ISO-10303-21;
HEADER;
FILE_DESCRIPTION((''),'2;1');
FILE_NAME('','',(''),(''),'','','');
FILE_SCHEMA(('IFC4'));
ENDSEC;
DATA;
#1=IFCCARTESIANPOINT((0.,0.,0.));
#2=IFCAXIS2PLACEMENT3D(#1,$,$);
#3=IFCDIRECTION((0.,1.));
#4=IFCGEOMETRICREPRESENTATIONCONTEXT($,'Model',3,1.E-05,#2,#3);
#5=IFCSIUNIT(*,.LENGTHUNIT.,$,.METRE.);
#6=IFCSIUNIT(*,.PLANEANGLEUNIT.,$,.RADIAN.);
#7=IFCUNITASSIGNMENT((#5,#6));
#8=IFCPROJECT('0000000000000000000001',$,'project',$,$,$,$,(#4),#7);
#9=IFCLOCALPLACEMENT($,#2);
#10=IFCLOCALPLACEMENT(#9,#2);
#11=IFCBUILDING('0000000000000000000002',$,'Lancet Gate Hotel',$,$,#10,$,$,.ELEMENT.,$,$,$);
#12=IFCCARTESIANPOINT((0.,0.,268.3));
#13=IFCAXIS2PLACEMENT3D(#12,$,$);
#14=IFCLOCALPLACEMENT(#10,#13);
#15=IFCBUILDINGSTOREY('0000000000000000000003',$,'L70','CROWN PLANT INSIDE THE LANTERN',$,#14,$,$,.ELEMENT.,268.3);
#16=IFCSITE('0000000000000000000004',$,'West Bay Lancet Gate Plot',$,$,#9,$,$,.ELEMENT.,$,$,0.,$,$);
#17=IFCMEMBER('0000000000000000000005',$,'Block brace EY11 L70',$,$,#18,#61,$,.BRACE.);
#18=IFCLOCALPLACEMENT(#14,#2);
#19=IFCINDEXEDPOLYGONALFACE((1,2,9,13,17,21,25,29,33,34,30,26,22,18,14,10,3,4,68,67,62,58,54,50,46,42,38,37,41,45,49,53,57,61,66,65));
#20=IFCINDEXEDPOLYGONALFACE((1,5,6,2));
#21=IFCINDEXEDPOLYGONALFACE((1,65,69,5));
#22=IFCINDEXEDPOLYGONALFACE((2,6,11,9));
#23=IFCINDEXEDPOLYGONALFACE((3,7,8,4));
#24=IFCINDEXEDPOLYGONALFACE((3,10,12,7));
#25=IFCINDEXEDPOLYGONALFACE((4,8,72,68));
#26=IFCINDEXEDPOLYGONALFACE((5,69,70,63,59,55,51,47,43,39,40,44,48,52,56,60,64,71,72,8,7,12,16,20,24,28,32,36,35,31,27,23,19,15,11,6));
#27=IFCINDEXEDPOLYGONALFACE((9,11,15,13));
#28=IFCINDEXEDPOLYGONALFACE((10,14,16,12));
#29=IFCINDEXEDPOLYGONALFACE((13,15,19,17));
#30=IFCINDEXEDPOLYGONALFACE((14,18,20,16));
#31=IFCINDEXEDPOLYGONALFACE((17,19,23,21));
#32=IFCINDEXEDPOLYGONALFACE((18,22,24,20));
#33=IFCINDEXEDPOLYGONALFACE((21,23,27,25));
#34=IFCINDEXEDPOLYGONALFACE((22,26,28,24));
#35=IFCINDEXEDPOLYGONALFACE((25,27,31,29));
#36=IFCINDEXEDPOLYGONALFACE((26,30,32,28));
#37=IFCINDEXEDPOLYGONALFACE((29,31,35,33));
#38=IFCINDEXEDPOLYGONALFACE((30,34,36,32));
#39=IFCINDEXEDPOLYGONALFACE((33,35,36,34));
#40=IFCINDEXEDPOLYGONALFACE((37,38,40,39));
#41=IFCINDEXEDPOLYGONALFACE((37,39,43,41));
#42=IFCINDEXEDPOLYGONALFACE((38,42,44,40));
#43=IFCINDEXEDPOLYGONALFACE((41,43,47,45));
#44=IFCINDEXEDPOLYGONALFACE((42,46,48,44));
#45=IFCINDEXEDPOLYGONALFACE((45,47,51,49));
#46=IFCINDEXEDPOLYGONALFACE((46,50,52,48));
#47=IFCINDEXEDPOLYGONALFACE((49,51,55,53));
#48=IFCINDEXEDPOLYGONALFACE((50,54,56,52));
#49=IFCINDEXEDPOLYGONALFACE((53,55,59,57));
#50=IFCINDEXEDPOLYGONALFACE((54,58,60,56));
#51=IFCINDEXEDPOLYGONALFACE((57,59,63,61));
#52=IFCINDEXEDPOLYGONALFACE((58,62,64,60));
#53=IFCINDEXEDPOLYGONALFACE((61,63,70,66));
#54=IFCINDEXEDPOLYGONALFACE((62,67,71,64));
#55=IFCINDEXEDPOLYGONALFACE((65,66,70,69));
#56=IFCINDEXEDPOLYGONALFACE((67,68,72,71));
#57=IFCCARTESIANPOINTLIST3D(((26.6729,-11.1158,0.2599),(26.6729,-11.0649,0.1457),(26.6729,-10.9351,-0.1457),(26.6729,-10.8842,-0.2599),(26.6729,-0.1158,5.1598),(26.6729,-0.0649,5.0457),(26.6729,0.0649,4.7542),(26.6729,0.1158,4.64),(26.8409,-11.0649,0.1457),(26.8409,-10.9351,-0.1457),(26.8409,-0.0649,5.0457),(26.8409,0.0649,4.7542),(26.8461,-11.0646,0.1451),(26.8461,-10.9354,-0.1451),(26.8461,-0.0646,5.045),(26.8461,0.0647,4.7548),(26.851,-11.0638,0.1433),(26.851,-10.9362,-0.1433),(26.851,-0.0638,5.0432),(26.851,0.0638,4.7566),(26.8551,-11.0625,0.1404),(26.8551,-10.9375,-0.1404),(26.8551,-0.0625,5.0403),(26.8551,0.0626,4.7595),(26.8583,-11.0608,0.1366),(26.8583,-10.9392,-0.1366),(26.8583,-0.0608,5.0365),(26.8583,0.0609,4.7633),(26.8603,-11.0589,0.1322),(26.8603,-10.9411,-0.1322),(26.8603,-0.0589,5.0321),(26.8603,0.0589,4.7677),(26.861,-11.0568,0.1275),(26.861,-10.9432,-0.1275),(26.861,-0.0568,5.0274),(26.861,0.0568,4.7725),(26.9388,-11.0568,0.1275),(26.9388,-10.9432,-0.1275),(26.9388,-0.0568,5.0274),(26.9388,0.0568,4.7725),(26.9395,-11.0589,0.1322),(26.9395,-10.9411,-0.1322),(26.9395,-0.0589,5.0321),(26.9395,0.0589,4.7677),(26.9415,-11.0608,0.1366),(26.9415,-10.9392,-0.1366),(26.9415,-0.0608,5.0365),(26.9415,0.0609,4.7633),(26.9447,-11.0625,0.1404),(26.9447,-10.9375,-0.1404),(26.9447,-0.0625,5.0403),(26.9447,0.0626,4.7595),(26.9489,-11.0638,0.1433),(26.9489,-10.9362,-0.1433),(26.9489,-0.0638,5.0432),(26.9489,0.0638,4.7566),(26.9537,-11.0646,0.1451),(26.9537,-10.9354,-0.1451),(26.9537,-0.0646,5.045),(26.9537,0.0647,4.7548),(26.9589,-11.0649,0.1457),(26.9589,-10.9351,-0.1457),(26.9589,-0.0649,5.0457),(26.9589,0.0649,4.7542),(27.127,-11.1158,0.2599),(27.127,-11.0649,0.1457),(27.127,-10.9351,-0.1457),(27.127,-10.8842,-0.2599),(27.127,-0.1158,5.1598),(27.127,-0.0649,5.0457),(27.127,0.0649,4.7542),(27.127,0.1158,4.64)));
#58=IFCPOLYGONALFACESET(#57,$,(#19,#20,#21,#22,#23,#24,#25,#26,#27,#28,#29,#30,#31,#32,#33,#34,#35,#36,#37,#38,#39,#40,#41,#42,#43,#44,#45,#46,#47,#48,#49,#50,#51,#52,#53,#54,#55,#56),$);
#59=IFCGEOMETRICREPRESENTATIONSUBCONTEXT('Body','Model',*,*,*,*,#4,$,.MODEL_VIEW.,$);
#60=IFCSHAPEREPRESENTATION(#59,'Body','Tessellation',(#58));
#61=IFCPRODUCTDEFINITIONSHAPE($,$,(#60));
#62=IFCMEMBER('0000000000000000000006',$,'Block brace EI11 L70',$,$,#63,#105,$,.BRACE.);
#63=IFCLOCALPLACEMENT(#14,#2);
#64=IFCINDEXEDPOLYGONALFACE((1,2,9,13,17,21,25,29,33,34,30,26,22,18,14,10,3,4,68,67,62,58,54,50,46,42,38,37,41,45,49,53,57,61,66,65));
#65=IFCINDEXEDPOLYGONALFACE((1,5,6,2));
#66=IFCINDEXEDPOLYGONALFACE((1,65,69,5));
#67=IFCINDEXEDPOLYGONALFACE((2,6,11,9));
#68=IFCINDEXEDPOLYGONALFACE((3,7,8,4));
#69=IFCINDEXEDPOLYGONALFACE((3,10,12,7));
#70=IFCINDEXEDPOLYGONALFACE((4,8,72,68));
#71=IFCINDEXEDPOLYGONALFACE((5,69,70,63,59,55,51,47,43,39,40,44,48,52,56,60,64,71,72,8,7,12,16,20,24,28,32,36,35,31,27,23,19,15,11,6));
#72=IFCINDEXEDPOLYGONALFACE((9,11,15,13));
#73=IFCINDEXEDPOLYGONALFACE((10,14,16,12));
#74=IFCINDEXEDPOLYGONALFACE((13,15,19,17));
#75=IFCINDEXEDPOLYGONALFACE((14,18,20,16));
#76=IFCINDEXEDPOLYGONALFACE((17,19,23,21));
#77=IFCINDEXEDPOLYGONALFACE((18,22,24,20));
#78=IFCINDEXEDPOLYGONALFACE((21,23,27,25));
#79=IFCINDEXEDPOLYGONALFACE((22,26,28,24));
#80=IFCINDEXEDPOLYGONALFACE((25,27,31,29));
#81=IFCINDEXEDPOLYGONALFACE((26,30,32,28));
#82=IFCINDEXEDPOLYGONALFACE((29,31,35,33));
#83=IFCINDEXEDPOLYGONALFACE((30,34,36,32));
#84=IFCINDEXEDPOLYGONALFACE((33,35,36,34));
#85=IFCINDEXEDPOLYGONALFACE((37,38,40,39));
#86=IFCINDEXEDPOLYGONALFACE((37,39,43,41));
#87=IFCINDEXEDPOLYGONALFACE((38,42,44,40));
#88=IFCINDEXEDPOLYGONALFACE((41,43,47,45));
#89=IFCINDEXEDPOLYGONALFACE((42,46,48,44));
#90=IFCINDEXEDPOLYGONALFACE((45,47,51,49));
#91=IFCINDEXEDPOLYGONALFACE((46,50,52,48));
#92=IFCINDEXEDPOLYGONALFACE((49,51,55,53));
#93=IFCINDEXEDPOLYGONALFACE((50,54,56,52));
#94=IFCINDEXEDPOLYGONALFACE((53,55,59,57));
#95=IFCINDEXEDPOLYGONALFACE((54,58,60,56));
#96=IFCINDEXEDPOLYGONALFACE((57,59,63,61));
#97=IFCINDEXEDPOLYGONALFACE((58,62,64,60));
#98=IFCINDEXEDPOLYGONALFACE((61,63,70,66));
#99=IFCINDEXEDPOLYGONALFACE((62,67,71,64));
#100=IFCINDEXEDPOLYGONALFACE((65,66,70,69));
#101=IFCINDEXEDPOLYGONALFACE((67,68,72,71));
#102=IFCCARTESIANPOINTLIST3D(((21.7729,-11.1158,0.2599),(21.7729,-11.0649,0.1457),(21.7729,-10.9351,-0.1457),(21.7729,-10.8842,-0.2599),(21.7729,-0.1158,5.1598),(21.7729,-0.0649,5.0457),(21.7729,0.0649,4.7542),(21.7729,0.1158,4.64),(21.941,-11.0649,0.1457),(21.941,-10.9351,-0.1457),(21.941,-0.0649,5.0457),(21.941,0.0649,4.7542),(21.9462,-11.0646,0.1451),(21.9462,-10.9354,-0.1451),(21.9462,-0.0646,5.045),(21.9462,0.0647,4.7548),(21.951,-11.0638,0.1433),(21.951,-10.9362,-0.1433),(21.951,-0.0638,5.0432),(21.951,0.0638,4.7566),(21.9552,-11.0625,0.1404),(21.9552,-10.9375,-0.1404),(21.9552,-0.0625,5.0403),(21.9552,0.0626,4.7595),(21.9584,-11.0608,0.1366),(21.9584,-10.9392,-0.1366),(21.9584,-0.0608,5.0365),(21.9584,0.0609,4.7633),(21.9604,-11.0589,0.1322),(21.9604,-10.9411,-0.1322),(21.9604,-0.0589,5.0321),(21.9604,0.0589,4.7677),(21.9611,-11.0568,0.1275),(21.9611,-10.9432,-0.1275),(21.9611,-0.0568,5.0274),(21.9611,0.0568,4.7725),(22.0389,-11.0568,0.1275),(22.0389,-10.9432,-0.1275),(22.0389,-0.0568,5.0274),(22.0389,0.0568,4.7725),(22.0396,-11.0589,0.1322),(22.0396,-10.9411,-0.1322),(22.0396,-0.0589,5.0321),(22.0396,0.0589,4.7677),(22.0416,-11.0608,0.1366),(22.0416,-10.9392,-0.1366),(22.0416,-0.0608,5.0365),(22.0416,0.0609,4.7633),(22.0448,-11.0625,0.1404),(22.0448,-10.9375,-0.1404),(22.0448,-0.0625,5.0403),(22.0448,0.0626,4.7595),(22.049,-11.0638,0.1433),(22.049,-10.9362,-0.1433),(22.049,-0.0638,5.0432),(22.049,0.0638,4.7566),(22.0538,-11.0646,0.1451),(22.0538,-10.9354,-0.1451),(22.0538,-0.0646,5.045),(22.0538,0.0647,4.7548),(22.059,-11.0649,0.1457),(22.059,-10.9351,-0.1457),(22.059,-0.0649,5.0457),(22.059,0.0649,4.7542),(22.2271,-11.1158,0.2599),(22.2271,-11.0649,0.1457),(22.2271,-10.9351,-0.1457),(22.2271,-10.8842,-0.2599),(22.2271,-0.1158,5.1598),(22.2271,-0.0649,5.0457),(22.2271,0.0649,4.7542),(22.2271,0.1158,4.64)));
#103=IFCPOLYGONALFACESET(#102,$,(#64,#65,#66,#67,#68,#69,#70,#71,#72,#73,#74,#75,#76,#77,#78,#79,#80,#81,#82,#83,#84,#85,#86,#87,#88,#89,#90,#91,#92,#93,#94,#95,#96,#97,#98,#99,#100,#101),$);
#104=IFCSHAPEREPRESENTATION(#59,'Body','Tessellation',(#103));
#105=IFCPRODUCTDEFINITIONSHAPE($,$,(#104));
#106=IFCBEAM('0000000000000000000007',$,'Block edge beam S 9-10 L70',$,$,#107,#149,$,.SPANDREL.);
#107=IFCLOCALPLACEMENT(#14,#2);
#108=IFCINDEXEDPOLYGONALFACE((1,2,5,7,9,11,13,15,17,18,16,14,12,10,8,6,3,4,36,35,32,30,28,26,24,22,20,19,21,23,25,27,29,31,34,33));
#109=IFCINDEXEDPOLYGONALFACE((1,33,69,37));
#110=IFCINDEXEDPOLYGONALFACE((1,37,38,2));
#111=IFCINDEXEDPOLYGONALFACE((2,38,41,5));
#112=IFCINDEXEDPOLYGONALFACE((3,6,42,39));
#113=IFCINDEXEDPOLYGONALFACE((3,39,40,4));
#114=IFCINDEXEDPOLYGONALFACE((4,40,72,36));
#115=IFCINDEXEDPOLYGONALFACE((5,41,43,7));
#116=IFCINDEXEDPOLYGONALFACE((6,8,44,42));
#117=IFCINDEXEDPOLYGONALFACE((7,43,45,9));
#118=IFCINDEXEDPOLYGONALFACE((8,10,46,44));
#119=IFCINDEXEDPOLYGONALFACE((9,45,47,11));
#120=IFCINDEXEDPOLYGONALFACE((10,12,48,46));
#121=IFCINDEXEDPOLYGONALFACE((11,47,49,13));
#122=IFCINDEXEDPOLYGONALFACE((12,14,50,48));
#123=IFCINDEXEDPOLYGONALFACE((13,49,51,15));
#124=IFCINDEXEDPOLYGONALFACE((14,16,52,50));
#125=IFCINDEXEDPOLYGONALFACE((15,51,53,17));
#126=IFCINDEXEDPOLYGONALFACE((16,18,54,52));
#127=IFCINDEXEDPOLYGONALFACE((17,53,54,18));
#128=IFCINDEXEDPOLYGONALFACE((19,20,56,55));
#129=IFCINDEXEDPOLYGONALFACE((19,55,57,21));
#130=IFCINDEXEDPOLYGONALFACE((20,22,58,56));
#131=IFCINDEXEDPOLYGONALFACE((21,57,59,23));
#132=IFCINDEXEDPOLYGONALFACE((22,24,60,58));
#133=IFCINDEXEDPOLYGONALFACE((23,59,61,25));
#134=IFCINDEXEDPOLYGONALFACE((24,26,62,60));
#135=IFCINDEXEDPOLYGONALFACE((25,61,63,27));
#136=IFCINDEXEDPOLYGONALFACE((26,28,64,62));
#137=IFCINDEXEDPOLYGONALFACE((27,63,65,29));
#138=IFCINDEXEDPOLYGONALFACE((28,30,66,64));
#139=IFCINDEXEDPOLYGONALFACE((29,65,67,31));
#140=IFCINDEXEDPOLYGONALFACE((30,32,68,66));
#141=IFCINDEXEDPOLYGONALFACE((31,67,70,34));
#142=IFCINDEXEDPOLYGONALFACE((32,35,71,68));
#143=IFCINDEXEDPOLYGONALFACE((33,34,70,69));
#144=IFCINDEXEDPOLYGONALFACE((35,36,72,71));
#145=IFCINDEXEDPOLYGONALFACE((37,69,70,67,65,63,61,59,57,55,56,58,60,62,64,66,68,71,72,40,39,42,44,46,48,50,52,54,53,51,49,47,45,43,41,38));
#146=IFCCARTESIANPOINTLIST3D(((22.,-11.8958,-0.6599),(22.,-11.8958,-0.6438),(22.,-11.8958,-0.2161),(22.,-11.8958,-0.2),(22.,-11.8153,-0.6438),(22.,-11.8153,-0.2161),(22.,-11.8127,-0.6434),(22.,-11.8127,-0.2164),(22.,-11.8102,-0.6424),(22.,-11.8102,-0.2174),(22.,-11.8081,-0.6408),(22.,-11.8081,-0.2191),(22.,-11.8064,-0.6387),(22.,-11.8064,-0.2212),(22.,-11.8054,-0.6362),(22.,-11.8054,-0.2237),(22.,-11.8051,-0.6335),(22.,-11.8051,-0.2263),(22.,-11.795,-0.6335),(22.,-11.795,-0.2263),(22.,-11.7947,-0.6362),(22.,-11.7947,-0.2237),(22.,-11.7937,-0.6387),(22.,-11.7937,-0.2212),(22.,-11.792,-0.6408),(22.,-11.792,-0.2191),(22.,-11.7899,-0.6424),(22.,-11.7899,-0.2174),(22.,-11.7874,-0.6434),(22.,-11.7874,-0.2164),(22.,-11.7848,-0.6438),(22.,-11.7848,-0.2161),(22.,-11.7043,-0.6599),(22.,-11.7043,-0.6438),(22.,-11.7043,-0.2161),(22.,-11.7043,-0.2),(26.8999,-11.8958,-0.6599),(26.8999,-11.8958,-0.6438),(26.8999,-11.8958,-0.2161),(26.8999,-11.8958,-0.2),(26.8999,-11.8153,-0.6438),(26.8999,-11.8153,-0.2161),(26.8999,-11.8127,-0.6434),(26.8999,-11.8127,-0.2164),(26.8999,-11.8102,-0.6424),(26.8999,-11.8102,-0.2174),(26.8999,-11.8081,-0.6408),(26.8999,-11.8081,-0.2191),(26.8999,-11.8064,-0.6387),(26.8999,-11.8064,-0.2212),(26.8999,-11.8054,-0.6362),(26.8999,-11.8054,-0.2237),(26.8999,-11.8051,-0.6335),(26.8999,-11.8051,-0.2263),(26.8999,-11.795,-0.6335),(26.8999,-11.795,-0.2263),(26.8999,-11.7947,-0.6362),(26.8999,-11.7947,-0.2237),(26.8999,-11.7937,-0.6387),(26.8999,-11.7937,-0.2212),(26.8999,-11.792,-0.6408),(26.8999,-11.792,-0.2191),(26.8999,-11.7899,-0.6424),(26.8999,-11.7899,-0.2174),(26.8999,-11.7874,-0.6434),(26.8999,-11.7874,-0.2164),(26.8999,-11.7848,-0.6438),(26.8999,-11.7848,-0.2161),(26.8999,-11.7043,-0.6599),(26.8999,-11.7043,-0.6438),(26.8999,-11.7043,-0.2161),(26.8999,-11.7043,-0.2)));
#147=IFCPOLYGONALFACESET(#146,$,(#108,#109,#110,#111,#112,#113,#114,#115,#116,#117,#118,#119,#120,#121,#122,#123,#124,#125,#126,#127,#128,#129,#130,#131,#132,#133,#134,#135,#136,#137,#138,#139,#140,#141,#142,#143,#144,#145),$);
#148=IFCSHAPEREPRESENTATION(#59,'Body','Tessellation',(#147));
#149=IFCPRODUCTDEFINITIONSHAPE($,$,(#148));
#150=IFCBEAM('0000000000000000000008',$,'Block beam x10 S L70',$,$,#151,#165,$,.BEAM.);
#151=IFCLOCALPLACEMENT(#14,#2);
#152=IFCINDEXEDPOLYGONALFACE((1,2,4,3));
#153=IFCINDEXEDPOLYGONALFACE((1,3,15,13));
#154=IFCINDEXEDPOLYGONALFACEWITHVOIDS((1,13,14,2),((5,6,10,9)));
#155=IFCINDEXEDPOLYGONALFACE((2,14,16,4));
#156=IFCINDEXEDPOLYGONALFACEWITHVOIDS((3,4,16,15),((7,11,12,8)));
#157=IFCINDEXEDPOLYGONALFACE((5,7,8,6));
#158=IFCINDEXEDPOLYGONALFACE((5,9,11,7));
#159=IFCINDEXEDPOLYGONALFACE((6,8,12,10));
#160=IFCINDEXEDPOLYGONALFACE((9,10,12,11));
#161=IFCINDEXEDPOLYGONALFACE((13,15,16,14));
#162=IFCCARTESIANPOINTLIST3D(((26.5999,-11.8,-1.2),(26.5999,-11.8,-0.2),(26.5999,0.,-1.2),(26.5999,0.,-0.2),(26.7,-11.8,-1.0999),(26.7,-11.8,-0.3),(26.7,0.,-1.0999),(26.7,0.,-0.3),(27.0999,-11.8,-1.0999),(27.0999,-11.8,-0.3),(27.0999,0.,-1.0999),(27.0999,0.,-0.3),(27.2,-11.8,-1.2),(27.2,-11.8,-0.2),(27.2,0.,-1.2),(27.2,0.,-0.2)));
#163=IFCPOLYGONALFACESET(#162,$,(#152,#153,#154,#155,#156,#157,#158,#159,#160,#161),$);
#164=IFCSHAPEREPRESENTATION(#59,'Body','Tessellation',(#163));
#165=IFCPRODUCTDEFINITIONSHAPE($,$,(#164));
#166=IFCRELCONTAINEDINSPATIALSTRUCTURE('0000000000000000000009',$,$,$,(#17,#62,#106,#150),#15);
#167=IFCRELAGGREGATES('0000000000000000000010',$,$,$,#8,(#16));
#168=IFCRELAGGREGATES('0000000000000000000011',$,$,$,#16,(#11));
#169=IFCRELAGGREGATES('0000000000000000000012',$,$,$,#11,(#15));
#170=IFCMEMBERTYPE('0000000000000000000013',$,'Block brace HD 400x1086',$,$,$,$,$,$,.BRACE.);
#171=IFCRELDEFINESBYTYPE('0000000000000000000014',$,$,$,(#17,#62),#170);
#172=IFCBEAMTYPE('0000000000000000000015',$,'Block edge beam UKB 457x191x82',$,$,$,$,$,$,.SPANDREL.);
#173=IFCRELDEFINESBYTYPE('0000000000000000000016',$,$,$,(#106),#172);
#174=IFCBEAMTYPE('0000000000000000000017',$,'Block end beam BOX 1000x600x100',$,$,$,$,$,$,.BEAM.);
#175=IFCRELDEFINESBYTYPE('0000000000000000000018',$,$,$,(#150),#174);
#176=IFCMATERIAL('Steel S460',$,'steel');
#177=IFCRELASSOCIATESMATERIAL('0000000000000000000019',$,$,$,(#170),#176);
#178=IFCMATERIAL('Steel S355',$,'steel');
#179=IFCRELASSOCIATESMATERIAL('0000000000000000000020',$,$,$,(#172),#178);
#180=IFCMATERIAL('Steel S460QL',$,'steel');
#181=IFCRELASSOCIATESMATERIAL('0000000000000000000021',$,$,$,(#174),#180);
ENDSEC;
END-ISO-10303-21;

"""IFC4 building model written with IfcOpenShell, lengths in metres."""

from ifc_helpers import new_model, si_unit, direction, frame, origin, origin_2d, place, context, subcontext, project, spatial, hollow_rectangle, i_section, extrude, material, material_profile, profile_set, type_object, element, save


model = new_model("IFC4")

# Units and contexts
model_context = context("Model", 3, precision=1e-05, world=origin(), true_north=direction((0.0, 1.0)))
body_context = subcontext(model_context, "Body", "Model", "MODEL_VIEW")
ifc_project = project(units=[si_unit("LENGTHUNIT", "METRE"), si_unit("PLANEANGLEUNIT", "RADIAN")], contexts=[model_context])

# Site, building, storey
site_placement = place(None, origin())
site = spatial("IfcSite", under=ifc_project, at=site_placement, Name="West Bay Lancet Gate Plot", CompositionType="ELEMENT", RefElevation=0.0)
building_placement = place(site_placement, origin())
building = spatial("IfcBuilding", under=site, at=building_placement, Name="Lancet Gate Hotel", CompositionType="ELEMENT")
storey_placement = place(building_placement, frame((0.0, 0.0, 268.3)))
storey = spatial("IfcBuildingStorey", under=building, at=storey_placement, Name="L70", Description="CROWN PLANT INSIDE THE LANTERN", CompositionType="ELEMENT", Elevation=268.3)

# Members
ifc_material_1 = material(Name="Steel S460", Category="steel")
ifc_material_profile_1 = material_profile(ifc_material_1, i_section(OverallWidth=0.4541, OverallDepth=0.5691, WebThickness=0.0779, FlangeThickness=0.125, FilletRadius=0.02, at=origin_2d()), Name="HD 400x1086")
ifc_profile_set_1 = profile_set([ifc_material_profile_1], Name="Steel S460")
member_type_1 = type_object("IfcMemberType", Name="Block brace HD 400x1086", PredefinedType="BRACE", material=ifc_profile_set_1)
for number, where, z_axis, x_axis, name in (
    (1, (26.8999, -11.0, 0.0), (0.0, 0.913472, 0.406902), (-1.0, 0.0, 0.0), "Block brace EY11 L70"),
    (2, (22.0, -11.0, 0.0), (0.0, 0.913472, 0.406902), (-1.0, 0.0, 0.0), "Block brace EI11 L70"),
):
    element("IfcMember", number, at=place(storey_placement, frame(where, z_axis=z_axis, x_axis=x_axis)), inside=storey, type_object=member_type_1, Name=name, PredefinedType="BRACE", context=body_context, shape_type="SweptSolid", body=[
        extrude(i_section(OverallWidth=0.4541, OverallDepth=0.5691, WebThickness=0.0779, FlangeThickness=0.125, FilletRadius=0.02, at=origin_2d()), origin(), (0.0, 0.0, 1.0), 12.042),
    ])

# Beams
ifc_material_2 = material(Name="Steel S355", Category="steel")
ifc_material_profile_2 = material_profile(ifc_material_2, i_section(OverallWidth=0.1914, OverallDepth=0.46, WebThickness=0.01, FlangeThickness=0.0161, FilletRadius=0.0103, at=origin_2d()), Name="UKB 457x191x82")
ifc_profile_set_2 = profile_set([ifc_material_profile_2], Name="Steel S355")
beam_type_1 = type_object("IfcBeamType", Name="Block edge beam UKB 457x191x82", PredefinedType="SPANDREL", material=ifc_profile_set_2)
beam_1_placement = place(storey_placement, frame((22.0, -11.8, -0.4299), z_axis=(1.0, 0.0, 0.0), x_axis=(0.0, 1.0, 0.0)))
element("IfcBeam", 3, at=beam_1_placement, inside=storey, type_object=beam_type_1, Name="Block edge beam S 9-10 L70", PredefinedType="SPANDREL", context=body_context, shape_type="SweptSolid", body=[
    extrude(i_section(OverallWidth=0.1914, OverallDepth=0.46, WebThickness=0.01, FlangeThickness=0.0161, FilletRadius=0.0103, at=origin_2d()), origin(), (0.0, 0.0, 1.0), 4.8999),
])
ifc_material_3 = material(Name="Steel S460QL", Category="steel")
ifc_material_profile_3 = material_profile(ifc_material_3, hollow_rectangle(XDim=0.6001, YDim=1.0, WallThickness=0.1001, at=origin_2d()), Name="BOX 1000x600x100")
ifc_profile_set_3 = profile_set([ifc_material_profile_3], Name="Steel S460QL")
beam_type_2 = type_object("IfcBeamType", Name="Block end beam BOX 1000x600x100", PredefinedType="BEAM", material=ifc_profile_set_3)
beam_2_placement = place(storey_placement, frame((26.8999, -11.8, -0.7), z_axis=(0.0, 1.0, 0.0), x_axis=(-1.0, 0.0, 0.0)))
element("IfcBeam", 4, at=beam_2_placement, inside=storey, type_object=beam_type_2, Name="Block beam x10 S L70", PredefinedType="BEAM", context=body_context, shape_type="SweptSolid", body=[
    extrude(hollow_rectangle(XDim=0.6001, YDim=1.0, WallThickness=0.1001, at=origin_2d()), origin(), (0.0, 0.0, 1.0), 11.8),
])

save(model, "model.ifc")
